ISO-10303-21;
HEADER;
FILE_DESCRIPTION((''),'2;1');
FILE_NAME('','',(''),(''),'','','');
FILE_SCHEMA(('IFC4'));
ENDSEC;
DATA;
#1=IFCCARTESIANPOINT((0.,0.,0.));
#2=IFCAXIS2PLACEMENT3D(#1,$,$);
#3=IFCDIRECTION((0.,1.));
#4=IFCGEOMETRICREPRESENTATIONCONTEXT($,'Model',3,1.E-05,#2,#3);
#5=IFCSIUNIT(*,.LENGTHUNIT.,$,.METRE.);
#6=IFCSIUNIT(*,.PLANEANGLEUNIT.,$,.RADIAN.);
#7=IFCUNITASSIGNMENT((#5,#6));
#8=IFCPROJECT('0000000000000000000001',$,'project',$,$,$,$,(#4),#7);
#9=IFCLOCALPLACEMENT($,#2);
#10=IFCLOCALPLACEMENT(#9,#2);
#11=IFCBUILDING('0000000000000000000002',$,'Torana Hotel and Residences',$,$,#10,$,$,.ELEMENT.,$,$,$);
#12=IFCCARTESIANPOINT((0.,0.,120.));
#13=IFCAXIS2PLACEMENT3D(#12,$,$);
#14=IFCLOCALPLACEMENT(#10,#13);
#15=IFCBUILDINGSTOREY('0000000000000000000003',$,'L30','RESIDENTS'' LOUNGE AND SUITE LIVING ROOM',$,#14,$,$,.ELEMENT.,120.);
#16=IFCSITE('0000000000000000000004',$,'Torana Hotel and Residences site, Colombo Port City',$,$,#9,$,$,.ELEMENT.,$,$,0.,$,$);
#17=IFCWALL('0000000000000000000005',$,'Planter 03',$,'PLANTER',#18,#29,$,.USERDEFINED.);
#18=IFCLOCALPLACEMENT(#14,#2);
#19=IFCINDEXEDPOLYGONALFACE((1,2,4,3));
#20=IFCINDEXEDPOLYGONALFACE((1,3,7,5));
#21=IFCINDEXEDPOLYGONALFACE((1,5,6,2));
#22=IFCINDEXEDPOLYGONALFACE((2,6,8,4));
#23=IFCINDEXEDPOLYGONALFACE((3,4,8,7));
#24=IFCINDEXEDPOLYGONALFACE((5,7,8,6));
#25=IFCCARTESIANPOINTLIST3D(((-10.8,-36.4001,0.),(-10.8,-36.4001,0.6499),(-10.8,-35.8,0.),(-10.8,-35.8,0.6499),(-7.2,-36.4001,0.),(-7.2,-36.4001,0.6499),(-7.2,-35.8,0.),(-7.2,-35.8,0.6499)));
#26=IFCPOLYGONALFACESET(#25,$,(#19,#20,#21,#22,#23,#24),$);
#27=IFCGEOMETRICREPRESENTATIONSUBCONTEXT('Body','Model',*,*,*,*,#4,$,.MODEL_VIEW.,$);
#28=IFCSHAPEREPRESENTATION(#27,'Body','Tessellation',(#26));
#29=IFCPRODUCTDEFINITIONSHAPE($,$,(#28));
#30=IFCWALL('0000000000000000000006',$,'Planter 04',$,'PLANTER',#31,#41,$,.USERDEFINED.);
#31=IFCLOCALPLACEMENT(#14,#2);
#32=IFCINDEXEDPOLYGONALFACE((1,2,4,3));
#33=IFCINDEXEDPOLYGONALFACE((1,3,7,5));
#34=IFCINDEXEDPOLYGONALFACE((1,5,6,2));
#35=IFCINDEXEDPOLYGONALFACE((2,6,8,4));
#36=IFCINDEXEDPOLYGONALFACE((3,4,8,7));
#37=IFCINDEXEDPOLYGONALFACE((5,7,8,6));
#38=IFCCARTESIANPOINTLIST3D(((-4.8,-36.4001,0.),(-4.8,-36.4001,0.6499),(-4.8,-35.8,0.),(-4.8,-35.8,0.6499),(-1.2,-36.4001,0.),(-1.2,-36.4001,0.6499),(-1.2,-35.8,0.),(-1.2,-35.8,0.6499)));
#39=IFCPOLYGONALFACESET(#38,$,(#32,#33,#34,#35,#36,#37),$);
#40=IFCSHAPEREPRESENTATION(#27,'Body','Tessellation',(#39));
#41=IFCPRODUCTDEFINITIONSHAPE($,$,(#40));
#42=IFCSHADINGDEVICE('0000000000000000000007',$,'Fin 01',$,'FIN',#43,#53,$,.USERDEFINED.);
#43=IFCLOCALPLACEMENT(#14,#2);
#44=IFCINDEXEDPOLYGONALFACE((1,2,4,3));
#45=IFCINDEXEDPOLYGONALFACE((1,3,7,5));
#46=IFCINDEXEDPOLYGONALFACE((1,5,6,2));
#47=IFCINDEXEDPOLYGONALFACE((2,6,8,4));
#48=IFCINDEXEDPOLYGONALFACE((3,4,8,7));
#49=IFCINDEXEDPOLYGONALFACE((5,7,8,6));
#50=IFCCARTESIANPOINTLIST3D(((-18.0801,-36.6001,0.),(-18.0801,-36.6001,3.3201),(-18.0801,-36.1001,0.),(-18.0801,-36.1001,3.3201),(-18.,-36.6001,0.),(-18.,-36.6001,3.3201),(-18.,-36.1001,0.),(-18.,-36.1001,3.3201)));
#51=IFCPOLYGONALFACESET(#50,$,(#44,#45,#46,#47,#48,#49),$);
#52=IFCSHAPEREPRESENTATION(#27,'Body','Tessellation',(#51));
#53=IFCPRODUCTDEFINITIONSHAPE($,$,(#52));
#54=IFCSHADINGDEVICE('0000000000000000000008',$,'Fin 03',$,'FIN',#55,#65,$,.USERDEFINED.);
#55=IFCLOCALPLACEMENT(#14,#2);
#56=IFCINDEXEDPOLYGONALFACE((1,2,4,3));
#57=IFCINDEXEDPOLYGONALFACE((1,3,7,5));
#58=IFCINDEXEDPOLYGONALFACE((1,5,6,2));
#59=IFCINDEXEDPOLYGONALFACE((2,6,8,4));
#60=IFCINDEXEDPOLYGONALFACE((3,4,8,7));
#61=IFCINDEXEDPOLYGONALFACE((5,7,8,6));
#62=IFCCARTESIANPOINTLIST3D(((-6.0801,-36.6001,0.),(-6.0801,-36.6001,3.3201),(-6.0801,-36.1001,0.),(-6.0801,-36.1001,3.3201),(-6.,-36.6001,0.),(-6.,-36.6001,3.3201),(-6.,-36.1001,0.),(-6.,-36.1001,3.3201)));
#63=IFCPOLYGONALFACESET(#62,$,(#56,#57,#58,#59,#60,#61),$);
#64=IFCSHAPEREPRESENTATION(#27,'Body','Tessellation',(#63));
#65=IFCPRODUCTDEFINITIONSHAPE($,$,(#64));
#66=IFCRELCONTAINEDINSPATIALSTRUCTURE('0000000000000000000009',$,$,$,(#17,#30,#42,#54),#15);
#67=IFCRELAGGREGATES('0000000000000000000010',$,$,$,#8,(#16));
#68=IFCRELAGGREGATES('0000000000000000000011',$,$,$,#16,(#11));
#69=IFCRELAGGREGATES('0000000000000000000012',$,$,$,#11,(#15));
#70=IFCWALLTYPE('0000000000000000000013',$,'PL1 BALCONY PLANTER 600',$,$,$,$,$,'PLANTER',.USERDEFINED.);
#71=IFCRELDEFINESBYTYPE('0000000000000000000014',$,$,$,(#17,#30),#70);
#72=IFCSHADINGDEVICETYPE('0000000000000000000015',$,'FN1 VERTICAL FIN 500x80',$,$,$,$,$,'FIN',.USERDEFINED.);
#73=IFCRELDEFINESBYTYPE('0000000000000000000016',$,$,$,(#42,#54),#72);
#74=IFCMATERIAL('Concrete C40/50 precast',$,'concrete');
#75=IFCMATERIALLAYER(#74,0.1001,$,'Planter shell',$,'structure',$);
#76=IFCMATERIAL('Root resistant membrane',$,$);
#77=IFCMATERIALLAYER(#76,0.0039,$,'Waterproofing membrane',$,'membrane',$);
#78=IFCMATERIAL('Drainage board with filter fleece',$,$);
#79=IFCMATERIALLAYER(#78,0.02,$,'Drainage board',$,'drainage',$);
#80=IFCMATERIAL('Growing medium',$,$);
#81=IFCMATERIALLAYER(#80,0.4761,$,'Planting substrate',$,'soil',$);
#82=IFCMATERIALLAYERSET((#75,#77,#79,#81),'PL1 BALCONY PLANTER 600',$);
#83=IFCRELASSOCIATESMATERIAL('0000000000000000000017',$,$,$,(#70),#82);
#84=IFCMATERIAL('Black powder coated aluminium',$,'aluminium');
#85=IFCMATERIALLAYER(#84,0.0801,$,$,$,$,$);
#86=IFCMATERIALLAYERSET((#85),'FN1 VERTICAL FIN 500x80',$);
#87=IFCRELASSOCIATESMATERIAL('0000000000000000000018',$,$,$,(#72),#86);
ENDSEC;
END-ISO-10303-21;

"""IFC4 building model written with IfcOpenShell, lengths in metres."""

from ifc_helpers import new_model, si_unit, direction, frame, frame_2d, origin, origin_2d, place, context, subcontext, project, spatial, rectangle, extrude, material, layer, layer_set, type_object, element, save


model = new_model("IFC4")

# Units and contexts
model_context = context("Model", 3, precision=1e-05, world=origin(), true_north=direction((0.0, 1.0)))
body_context = subcontext(model_context, "Body", "Model", "MODEL_VIEW")
ifc_project = project(units=[si_unit("LENGTHUNIT", "METRE"), si_unit("PLANEANGLEUNIT", "RADIAN")], contexts=[model_context])

# Site, building, storey
site_placement = place(None, origin())
site = spatial("IfcSite", under=ifc_project, at=site_placement, Name="Torana Hotel and Residences site, Colombo Port City", CompositionType="ELEMENT", RefElevation=0.0)
building_placement = place(site_placement, origin())
building = spatial("IfcBuilding", under=site, at=building_placement, Name="Torana Hotel and Residences", CompositionType="ELEMENT")
storey_placement = place(building_placement, frame((0.0, 0.0, 120.0)))
storey = spatial("IfcBuildingStorey", under=building, at=storey_placement, Name="L30", Description="RESIDENTS' LOUNGE AND SUITE LIVING ROOM", CompositionType="ELEMENT", Elevation=120.0)

# Walls
ifc_material_1 = material(Name="Concrete C40/50 precast", Category="concrete")
ifc_layer_1 = layer(ifc_material_1, 0.1001, Name="Planter shell", Category="structure")
ifc_material_2 = material(Name="Root resistant membrane")
ifc_layer_2 = layer(ifc_material_2, 0.0039, Name="Waterproofing membrane", Category="membrane")
ifc_material_3 = material(Name="Drainage board with filter fleece")
ifc_layer_3 = layer(ifc_material_3, 0.02, Name="Drainage board", Category="drainage")
ifc_material_4 = material(Name="Growing medium")
ifc_layer_4 = layer(ifc_material_4, 0.4761, Name="Planting substrate", Category="soil")
ifc_layer_set_1 = layer_set([ifc_layer_1, ifc_layer_2, ifc_layer_3, ifc_layer_4], Name="PL1 BALCONY PLANTER 600")
wall_type_1 = type_object("IfcWallType", Name="PL1 BALCONY PLANTER 600", ElementType="PLANTER", PredefinedType="USERDEFINED", material=ifc_layer_set_1)
for number, where, z_axis, x_axis, name in (
    (1, (-7.2, -36.1001, 0.0), (0.0, 0.0, 1.0), (-1.0, 0.0, 0.0), "Planter 03"),
    (2, (-1.2, -36.1001, 0.0), (0.0, 0.0, 1.0), (-1.0, 0.0, 0.0), "Planter 04"),
):
    element("IfcWall", number, at=place(storey_placement, frame(where, z_axis=z_axis, x_axis=x_axis)), inside=storey, type_object=wall_type_1, Name=name, ObjectType="PLANTER", PredefinedType="USERDEFINED", context=body_context, shape_type="SweptSolid", body=[
        extrude(rectangle(XDim=3.6001, YDim=0.6001, at=frame_2d((1.8, 0.0))), origin(), (0.0, 0.0, 1.0), 0.6499),
    ])

# Shading devices
ifc_material_5 = material(Name="Black powder coated aluminium", Category="aluminium")
ifc_layer_5 = layer(ifc_material_5, 0.0801)
ifc_layer_set_2 = layer_set([ifc_layer_5], Name="FN1 VERTICAL FIN 500x80")
shading_device_type = type_object("IfcShadingDeviceType", Name="FN1 VERTICAL FIN 500x80", ElementType="FIN", PredefinedType="USERDEFINED", material=ifc_layer_set_2)
for number, where, z_axis, x_axis, name in (
    (3, (-18.04, -36.3501, 0.0), (0.0, 0.0, 1.0), (-1.0, 0.0, 0.0), "Fin 01"),
    (4, (-6.04, -36.3501, 0.0), (0.0, 0.0, 1.0), (-1.0, 0.0, 0.0), "Fin 03"),
):
    element("IfcShadingDevice", number, at=place(storey_placement, frame(where, z_axis=z_axis, x_axis=x_axis)), inside=storey, type_object=shading_device_type, Name=name, ObjectType="FIN", PredefinedType="USERDEFINED", context=body_context, shape_type="SweptSolid", body=[
        extrude(rectangle(XDim=0.0801, YDim=0.5, at=origin_2d()), origin(), (0.0, 0.0, 1.0), 3.3201),
    ])

save(model, "model.ifc")
